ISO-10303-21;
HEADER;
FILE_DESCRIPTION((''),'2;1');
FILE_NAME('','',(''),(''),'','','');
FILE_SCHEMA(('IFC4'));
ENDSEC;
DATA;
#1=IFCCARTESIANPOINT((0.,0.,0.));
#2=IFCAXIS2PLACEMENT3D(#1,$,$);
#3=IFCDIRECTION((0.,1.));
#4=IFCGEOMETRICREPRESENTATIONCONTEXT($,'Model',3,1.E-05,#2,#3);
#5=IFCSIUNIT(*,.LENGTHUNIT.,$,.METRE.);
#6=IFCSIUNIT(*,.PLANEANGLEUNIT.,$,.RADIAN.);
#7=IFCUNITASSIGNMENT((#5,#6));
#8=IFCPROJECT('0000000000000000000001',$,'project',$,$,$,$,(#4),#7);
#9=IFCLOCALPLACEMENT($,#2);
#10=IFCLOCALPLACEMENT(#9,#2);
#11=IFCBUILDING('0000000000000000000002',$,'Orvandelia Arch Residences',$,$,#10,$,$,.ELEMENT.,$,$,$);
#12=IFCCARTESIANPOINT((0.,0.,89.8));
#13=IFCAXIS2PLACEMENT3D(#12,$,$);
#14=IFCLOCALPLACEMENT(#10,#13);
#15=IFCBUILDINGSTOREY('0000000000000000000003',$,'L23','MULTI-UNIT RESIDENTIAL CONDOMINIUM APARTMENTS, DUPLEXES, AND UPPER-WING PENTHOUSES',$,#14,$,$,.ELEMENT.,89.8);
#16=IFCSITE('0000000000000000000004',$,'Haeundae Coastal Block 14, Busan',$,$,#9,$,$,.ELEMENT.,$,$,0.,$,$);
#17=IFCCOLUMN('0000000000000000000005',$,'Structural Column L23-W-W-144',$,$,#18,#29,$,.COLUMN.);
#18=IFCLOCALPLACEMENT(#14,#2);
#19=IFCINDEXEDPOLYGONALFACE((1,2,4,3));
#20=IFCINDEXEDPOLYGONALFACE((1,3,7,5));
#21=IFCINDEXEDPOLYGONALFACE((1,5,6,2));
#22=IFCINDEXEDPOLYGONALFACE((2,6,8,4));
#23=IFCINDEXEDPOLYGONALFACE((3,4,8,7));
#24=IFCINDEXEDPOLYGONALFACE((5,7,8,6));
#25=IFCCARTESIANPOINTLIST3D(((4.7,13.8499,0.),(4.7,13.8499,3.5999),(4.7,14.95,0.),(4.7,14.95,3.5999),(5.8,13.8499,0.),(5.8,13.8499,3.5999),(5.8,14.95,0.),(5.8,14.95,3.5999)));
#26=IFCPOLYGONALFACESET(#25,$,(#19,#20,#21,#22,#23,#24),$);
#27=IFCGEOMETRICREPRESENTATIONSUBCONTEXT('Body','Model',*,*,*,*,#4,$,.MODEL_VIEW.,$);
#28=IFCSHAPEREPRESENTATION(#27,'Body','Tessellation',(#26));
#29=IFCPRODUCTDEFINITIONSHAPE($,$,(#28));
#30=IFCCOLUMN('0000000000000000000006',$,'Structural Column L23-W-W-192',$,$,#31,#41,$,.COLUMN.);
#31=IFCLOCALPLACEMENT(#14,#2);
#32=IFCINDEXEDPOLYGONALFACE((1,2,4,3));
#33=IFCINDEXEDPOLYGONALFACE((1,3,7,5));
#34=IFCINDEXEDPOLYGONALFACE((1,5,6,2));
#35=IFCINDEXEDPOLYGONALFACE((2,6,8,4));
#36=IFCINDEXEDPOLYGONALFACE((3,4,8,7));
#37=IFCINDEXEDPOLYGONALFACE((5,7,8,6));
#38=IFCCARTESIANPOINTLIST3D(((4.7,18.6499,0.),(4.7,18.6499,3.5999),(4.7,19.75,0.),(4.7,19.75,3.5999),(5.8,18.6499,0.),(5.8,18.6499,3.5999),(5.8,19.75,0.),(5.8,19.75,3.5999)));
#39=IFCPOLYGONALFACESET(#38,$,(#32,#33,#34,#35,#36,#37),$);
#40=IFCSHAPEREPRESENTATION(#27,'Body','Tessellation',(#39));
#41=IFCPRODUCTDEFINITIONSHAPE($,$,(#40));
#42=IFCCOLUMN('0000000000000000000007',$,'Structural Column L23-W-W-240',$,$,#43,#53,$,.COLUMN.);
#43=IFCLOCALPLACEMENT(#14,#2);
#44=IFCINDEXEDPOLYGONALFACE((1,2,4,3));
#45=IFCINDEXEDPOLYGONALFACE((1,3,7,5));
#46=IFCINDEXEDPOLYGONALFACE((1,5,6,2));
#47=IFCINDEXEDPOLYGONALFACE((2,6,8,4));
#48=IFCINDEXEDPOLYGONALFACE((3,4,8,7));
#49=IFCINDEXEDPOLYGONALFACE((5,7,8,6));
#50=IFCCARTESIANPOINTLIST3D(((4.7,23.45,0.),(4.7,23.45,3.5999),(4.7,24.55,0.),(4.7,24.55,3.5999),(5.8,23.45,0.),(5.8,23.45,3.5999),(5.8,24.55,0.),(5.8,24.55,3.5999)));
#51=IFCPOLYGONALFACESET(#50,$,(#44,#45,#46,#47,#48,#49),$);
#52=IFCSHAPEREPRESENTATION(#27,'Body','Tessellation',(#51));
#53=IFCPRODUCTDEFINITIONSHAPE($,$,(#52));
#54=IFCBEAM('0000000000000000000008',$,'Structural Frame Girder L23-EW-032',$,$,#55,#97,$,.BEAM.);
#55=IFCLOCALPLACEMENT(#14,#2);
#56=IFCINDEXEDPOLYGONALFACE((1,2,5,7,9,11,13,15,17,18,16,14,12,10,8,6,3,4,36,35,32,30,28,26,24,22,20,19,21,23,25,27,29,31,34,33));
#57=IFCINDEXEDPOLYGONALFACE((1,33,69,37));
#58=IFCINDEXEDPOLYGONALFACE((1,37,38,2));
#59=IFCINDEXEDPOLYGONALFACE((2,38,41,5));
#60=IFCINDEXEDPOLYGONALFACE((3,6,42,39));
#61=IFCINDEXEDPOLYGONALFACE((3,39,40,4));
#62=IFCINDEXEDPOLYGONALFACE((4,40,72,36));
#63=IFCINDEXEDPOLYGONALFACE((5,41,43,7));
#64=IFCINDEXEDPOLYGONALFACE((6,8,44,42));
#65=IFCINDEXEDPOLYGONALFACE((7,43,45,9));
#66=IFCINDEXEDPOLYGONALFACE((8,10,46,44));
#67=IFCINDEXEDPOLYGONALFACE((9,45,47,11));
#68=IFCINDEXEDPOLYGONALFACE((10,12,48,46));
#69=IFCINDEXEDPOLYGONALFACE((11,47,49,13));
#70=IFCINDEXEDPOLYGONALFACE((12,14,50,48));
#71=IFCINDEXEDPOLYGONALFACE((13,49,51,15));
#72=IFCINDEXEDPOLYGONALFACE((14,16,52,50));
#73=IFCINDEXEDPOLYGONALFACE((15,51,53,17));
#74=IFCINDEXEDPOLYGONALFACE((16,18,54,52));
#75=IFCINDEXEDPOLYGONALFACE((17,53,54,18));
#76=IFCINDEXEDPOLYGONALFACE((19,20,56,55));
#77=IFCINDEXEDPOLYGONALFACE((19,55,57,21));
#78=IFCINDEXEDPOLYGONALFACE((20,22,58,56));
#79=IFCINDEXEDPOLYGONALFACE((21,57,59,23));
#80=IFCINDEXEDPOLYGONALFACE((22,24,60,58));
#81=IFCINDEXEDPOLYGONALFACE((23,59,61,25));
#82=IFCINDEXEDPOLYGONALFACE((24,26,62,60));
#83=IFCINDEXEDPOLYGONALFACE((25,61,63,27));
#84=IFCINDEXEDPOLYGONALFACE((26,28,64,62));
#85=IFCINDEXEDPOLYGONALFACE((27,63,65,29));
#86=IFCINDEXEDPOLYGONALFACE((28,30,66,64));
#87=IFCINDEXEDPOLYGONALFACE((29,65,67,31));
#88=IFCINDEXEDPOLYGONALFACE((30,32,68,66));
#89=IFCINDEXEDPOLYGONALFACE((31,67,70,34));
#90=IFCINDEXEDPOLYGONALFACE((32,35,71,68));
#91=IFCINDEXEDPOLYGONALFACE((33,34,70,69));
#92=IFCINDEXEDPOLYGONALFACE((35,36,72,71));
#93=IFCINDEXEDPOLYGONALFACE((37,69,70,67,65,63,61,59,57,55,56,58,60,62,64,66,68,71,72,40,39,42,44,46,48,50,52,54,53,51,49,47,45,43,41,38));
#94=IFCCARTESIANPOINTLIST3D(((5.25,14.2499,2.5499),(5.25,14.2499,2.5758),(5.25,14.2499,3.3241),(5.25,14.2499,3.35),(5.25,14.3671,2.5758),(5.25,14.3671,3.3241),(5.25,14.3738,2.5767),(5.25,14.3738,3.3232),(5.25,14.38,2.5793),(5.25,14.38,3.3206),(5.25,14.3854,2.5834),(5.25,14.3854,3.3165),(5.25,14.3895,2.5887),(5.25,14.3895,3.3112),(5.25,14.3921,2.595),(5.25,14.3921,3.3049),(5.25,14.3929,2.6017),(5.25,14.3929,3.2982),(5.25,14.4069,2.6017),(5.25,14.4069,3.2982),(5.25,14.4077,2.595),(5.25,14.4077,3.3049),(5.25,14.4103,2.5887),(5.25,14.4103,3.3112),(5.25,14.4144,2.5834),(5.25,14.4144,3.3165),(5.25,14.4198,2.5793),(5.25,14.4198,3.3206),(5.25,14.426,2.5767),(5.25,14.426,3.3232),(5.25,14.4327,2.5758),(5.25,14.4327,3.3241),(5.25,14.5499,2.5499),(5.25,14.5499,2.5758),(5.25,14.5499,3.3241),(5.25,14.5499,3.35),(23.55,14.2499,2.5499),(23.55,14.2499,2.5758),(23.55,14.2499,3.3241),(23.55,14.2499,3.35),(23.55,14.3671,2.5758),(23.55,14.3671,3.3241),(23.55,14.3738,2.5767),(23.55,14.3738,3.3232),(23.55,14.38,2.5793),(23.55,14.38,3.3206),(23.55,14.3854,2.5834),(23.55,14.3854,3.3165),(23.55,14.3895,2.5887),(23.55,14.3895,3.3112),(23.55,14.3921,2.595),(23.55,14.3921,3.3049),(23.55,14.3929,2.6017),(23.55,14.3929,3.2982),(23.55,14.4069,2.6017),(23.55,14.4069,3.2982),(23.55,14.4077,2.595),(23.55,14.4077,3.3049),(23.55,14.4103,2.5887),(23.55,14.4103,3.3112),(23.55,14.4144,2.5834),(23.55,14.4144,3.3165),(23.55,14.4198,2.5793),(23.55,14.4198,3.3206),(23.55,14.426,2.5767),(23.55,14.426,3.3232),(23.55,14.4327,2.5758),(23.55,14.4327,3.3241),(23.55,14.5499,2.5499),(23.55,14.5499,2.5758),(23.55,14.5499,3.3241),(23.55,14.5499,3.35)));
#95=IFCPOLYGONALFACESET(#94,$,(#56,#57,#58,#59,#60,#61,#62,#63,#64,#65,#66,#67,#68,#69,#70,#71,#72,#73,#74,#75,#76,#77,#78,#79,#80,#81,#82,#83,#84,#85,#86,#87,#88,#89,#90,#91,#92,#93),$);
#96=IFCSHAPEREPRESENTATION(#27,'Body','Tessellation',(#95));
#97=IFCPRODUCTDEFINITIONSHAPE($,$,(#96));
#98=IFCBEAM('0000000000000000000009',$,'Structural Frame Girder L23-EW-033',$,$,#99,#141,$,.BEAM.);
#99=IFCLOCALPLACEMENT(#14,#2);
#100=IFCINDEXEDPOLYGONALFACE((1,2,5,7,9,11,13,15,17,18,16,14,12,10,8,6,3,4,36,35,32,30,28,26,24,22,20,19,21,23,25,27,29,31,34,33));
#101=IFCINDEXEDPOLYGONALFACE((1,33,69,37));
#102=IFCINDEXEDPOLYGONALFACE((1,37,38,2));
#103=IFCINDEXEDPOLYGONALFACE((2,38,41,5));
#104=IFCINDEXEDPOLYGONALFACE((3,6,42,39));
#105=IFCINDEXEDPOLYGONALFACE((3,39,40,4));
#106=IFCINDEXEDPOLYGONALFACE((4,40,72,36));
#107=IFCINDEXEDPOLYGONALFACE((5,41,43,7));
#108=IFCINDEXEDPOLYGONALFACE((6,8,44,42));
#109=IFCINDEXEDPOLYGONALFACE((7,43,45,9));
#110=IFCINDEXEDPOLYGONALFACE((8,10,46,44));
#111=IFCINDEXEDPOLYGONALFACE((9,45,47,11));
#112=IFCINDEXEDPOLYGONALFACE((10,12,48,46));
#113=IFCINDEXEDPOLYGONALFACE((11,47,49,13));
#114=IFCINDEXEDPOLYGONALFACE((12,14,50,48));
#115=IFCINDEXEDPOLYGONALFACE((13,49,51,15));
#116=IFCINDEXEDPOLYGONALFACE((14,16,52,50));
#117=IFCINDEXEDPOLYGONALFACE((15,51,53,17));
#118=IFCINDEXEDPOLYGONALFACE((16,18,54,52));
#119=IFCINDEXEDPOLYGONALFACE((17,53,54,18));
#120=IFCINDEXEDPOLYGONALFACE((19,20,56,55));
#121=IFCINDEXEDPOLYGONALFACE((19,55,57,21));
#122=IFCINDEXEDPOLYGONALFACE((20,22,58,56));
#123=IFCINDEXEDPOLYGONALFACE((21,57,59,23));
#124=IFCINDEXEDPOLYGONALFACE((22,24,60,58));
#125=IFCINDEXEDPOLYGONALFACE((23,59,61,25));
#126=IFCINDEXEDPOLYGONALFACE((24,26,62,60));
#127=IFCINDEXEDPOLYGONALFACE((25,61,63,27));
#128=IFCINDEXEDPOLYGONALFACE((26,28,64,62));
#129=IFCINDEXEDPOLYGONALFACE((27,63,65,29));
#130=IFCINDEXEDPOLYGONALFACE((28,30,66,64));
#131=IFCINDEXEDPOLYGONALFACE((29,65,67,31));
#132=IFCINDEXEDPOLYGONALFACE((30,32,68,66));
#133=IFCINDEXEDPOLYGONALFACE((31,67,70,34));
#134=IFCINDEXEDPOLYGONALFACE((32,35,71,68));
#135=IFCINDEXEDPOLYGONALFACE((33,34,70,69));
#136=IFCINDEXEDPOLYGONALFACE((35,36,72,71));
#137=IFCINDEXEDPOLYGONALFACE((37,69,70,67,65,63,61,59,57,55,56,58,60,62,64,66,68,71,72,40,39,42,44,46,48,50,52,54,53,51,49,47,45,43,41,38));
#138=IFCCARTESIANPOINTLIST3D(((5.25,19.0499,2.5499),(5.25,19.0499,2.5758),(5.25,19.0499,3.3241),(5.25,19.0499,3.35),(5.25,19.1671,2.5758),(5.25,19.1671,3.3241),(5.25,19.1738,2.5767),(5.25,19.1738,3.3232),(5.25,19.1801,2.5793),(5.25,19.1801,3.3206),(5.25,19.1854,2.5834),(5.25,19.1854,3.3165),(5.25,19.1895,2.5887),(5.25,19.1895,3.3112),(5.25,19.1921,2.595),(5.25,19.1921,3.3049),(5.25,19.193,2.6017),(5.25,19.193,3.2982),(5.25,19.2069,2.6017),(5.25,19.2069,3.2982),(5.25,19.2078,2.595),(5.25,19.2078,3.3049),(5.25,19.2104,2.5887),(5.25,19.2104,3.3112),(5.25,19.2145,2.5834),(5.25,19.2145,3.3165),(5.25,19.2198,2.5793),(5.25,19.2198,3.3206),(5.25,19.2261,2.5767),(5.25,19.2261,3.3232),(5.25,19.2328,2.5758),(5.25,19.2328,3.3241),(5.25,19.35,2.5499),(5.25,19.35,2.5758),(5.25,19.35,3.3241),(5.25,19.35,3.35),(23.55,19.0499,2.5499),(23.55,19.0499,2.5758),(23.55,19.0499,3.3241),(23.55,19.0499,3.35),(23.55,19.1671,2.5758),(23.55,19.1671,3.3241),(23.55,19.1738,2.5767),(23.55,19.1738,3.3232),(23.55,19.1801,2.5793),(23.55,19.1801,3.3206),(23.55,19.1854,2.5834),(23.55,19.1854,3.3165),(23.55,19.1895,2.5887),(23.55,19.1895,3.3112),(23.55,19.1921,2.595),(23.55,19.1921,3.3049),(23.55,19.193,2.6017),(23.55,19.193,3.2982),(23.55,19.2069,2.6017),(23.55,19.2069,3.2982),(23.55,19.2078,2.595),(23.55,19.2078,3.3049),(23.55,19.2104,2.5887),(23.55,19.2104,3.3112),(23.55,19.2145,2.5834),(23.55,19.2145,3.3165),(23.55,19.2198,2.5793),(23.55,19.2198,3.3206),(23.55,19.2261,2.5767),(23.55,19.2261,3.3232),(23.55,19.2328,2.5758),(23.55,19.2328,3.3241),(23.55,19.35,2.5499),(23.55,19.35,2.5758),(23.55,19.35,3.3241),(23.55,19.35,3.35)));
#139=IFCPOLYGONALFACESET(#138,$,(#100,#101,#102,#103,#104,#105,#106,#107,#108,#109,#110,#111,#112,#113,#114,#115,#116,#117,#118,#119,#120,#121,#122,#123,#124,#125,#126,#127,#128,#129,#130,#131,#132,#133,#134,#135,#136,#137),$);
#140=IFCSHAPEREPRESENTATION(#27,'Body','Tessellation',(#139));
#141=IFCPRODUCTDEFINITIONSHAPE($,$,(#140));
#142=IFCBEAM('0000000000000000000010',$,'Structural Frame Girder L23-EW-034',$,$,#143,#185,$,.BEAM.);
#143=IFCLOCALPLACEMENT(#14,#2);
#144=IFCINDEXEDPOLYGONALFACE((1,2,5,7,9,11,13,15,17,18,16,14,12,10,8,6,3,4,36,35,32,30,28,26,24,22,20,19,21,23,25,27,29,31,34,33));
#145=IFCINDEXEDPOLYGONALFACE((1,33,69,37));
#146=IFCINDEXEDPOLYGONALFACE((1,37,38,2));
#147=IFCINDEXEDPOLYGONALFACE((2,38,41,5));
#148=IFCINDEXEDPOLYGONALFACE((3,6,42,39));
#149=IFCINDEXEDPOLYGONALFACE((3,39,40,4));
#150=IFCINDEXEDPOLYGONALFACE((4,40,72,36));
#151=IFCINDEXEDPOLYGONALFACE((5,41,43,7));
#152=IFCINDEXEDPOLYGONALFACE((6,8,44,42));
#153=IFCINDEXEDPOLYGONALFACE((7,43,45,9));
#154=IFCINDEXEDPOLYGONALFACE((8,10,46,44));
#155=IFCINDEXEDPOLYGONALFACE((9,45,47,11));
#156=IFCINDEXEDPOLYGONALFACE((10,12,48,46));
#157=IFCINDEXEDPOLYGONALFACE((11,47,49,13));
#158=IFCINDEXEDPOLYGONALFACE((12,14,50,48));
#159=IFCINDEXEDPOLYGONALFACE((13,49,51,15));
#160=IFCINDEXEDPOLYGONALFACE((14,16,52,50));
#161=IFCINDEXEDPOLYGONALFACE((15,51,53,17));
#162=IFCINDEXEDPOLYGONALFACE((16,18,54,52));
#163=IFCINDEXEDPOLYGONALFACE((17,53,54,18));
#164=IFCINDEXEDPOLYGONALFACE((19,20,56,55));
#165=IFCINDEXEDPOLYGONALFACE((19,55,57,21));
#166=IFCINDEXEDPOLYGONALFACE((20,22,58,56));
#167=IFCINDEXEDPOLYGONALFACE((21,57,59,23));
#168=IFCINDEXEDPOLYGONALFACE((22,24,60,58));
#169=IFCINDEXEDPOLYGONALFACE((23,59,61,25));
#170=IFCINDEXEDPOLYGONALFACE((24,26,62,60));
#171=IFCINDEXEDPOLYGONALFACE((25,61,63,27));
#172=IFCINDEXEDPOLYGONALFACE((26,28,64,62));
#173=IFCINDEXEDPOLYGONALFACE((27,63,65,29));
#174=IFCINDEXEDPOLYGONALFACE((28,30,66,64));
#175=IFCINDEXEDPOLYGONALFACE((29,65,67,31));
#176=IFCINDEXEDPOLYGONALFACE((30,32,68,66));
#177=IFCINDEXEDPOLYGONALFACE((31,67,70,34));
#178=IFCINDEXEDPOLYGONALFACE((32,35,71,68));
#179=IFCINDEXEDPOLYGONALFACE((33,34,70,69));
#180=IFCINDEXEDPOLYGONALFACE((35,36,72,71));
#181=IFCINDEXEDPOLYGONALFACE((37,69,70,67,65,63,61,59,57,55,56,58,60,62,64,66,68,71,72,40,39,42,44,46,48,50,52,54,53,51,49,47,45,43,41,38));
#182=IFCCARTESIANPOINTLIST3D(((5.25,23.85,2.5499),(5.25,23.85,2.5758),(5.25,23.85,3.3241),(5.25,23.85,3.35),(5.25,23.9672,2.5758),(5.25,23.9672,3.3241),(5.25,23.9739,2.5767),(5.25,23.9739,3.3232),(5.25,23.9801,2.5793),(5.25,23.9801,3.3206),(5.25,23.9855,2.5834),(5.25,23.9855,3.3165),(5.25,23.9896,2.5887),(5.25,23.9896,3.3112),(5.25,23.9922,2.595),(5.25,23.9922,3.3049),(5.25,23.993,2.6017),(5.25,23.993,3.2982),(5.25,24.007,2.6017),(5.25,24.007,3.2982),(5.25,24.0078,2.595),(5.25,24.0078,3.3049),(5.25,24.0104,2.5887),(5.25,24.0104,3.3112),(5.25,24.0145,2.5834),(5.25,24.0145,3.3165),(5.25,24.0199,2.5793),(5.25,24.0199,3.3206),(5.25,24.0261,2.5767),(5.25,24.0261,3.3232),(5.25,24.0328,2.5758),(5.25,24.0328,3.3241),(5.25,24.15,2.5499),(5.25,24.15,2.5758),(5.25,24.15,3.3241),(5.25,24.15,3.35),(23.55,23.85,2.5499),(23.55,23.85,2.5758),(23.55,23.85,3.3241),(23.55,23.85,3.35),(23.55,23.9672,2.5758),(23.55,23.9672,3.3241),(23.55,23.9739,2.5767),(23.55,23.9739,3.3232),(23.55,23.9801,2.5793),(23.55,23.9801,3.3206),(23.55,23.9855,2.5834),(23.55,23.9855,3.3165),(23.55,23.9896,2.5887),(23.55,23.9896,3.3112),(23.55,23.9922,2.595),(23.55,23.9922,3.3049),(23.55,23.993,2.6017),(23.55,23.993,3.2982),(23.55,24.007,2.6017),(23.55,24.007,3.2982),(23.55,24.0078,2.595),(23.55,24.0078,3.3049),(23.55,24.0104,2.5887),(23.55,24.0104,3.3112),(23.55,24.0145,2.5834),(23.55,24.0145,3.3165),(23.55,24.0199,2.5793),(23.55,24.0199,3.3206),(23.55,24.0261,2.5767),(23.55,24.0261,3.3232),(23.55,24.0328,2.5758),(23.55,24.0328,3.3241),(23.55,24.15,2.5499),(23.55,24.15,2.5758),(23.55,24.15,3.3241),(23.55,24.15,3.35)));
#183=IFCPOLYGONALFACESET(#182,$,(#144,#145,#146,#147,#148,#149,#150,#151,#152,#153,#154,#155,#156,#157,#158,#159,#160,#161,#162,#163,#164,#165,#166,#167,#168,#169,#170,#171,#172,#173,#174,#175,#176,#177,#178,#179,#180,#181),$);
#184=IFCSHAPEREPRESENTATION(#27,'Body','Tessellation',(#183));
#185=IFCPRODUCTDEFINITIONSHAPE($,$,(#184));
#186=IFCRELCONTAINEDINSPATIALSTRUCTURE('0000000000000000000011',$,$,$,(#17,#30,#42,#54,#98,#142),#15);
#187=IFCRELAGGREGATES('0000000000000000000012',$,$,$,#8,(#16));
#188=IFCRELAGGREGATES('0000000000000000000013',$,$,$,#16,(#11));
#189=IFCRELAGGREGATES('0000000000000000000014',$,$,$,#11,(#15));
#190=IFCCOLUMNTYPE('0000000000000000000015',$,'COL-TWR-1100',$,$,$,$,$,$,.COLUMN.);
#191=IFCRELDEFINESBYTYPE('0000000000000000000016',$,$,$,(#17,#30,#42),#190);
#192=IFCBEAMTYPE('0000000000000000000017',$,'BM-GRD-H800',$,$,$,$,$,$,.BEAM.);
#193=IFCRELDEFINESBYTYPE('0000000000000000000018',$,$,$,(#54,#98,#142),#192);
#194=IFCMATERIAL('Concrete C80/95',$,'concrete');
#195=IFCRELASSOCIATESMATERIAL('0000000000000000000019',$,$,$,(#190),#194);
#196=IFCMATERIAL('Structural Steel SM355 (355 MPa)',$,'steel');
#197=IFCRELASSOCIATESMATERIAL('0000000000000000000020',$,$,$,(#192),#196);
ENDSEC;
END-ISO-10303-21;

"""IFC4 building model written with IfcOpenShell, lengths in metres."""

from ifc_helpers import new_model, si_unit, direction, frame, origin, origin_2d, place, context, subcontext, project, spatial, rectangle, i_section, extrude, material, material_profile, profile_set, type_object, element, save


model = new_model("IFC4")

# Units and contexts
model_context = context("Model", 3, precision=1e-05, world=origin(), true_north=direction((0.0, 1.0)))
body_context = subcontext(model_context, "Body", "Model", "MODEL_VIEW")
ifc_project = project(units=[si_unit("LENGTHUNIT", "METRE"), si_unit("PLANEANGLEUNIT", "RADIAN")], contexts=[model_context])

# Site, building, storey
site_placement = place(None, origin())
site = spatial("IfcSite", under=ifc_project, at=site_placement, Name="Haeundae Coastal Block 14, Busan", CompositionType="ELEMENT", RefElevation=0.0)
building_placement = place(site_placement, origin())
building = spatial("IfcBuilding", under=site, at=building_placement, Name="Orvandelia Arch Residences", CompositionType="ELEMENT")
storey_placement = place(building_placement, frame((0.0, 0.0, 89.8)))
storey = spatial("IfcBuildingStorey", under=building, at=storey_placement, Name="L23", Description="MULTI-UNIT RESIDENTIAL CONDOMINIUM APARTMENTS, DUPLEXES, AND UPPER-WING PENTHOUSES", CompositionType="ELEMENT", Elevation=89.8)

# Columns
ifc_material_1 = material(Name="Concrete C80/95", Category="concrete")
ifc_material_profile_1 = material_profile(ifc_material_1, rectangle(XDim=1.1001, YDim=1.1001, at=origin_2d()), Name="Concrete C80/95", Category="concrete")
ifc_profile_set_1 = profile_set([ifc_material_profile_1], Name="Concrete C80/95")
column_type = type_object("IfcColumnType", Name="COL-TWR-1100", PredefinedType="COLUMN", material=ifc_profile_set_1)
for number, where, z_axis, x_axis, name in (
    (1, (5.25, 14.3999, 0.0), (0.0, 0.0, 1.0), (1.0, 0.0, 0.0), "Structural Column L23-W-W-144"),
    (2, (5.25, 19.2, 0.0), (0.0, 0.0, 1.0), (1.0, 0.0, 0.0), "Structural Column L23-W-W-192"),
    (3, (5.25, 24.0, 0.0), (0.0, 0.0, 1.0), (1.0, 0.0, 0.0), "Structural Column L23-W-W-240"),
):
    element("IfcColumn", number, at=place(storey_placement, frame(where, z_axis=z_axis, x_axis=x_axis)), inside=storey, type_object=column_type, Name=name, PredefinedType="COLUMN", context=body_context, shape_type="SweptSolid", body=[
        extrude(rectangle(XDim=1.1001, YDim=1.1001, at=origin_2d()), origin(), (0.0, 0.0, 1.0), 3.5999),
    ])

# Beams
ifc_material_2 = material(Name="Structural Steel SM355 (355 MPa)", Category="steel")
ifc_material_profile_2 = material_profile(ifc_material_2, i_section(OverallWidth=0.3, OverallDepth=0.8, WebThickness=0.0139, FlangeThickness=0.0259, FilletRadius=0.0259, at=origin_2d()), Name="Structural Steel SM355 (355 MPa)", Category="steel")
ifc_profile_set_2 = profile_set([ifc_material_profile_2], Name="Structural Steel SM355 (355 MPa)")
beam_type_1 = type_object("IfcBeamType", Name="BM-GRD-H800", PredefinedType="BEAM", material=ifc_profile_set_2)
for number, where, z_axis, x_axis, name in (
    (4, (5.25, 14.3999, 2.95), (1.0, 0.0, 0.0), (0.0, 1.0, 0.0), "Structural Frame Girder L23-EW-032"),
    (5, (5.25, 19.2, 2.95), (1.0, 0.0, 0.0), (0.0, 1.0, 0.0), "Structural Frame Girder L23-EW-033"),
    (6, (5.25, 24.0, 2.95), (1.0, 0.0, 0.0), (0.0, 1.0, 0.0), "Structural Frame Girder L23-EW-034"),
):
    element("IfcBeam", number, at=place(storey_placement, frame(where, z_axis=z_axis, x_axis=x_axis)), inside=storey, type_object=beam_type_1, Name=name, PredefinedType="BEAM", context=body_context, shape_type="SweptSolid", body=[
        extrude(i_section(OverallWidth=0.3, OverallDepth=0.8, WebThickness=0.0139, FlangeThickness=0.0259, FilletRadius=0.0259, at=origin_2d()), origin(), (0.0, 0.0, 1.0), 18.3),
    ])

save(model, "model.ifc")
